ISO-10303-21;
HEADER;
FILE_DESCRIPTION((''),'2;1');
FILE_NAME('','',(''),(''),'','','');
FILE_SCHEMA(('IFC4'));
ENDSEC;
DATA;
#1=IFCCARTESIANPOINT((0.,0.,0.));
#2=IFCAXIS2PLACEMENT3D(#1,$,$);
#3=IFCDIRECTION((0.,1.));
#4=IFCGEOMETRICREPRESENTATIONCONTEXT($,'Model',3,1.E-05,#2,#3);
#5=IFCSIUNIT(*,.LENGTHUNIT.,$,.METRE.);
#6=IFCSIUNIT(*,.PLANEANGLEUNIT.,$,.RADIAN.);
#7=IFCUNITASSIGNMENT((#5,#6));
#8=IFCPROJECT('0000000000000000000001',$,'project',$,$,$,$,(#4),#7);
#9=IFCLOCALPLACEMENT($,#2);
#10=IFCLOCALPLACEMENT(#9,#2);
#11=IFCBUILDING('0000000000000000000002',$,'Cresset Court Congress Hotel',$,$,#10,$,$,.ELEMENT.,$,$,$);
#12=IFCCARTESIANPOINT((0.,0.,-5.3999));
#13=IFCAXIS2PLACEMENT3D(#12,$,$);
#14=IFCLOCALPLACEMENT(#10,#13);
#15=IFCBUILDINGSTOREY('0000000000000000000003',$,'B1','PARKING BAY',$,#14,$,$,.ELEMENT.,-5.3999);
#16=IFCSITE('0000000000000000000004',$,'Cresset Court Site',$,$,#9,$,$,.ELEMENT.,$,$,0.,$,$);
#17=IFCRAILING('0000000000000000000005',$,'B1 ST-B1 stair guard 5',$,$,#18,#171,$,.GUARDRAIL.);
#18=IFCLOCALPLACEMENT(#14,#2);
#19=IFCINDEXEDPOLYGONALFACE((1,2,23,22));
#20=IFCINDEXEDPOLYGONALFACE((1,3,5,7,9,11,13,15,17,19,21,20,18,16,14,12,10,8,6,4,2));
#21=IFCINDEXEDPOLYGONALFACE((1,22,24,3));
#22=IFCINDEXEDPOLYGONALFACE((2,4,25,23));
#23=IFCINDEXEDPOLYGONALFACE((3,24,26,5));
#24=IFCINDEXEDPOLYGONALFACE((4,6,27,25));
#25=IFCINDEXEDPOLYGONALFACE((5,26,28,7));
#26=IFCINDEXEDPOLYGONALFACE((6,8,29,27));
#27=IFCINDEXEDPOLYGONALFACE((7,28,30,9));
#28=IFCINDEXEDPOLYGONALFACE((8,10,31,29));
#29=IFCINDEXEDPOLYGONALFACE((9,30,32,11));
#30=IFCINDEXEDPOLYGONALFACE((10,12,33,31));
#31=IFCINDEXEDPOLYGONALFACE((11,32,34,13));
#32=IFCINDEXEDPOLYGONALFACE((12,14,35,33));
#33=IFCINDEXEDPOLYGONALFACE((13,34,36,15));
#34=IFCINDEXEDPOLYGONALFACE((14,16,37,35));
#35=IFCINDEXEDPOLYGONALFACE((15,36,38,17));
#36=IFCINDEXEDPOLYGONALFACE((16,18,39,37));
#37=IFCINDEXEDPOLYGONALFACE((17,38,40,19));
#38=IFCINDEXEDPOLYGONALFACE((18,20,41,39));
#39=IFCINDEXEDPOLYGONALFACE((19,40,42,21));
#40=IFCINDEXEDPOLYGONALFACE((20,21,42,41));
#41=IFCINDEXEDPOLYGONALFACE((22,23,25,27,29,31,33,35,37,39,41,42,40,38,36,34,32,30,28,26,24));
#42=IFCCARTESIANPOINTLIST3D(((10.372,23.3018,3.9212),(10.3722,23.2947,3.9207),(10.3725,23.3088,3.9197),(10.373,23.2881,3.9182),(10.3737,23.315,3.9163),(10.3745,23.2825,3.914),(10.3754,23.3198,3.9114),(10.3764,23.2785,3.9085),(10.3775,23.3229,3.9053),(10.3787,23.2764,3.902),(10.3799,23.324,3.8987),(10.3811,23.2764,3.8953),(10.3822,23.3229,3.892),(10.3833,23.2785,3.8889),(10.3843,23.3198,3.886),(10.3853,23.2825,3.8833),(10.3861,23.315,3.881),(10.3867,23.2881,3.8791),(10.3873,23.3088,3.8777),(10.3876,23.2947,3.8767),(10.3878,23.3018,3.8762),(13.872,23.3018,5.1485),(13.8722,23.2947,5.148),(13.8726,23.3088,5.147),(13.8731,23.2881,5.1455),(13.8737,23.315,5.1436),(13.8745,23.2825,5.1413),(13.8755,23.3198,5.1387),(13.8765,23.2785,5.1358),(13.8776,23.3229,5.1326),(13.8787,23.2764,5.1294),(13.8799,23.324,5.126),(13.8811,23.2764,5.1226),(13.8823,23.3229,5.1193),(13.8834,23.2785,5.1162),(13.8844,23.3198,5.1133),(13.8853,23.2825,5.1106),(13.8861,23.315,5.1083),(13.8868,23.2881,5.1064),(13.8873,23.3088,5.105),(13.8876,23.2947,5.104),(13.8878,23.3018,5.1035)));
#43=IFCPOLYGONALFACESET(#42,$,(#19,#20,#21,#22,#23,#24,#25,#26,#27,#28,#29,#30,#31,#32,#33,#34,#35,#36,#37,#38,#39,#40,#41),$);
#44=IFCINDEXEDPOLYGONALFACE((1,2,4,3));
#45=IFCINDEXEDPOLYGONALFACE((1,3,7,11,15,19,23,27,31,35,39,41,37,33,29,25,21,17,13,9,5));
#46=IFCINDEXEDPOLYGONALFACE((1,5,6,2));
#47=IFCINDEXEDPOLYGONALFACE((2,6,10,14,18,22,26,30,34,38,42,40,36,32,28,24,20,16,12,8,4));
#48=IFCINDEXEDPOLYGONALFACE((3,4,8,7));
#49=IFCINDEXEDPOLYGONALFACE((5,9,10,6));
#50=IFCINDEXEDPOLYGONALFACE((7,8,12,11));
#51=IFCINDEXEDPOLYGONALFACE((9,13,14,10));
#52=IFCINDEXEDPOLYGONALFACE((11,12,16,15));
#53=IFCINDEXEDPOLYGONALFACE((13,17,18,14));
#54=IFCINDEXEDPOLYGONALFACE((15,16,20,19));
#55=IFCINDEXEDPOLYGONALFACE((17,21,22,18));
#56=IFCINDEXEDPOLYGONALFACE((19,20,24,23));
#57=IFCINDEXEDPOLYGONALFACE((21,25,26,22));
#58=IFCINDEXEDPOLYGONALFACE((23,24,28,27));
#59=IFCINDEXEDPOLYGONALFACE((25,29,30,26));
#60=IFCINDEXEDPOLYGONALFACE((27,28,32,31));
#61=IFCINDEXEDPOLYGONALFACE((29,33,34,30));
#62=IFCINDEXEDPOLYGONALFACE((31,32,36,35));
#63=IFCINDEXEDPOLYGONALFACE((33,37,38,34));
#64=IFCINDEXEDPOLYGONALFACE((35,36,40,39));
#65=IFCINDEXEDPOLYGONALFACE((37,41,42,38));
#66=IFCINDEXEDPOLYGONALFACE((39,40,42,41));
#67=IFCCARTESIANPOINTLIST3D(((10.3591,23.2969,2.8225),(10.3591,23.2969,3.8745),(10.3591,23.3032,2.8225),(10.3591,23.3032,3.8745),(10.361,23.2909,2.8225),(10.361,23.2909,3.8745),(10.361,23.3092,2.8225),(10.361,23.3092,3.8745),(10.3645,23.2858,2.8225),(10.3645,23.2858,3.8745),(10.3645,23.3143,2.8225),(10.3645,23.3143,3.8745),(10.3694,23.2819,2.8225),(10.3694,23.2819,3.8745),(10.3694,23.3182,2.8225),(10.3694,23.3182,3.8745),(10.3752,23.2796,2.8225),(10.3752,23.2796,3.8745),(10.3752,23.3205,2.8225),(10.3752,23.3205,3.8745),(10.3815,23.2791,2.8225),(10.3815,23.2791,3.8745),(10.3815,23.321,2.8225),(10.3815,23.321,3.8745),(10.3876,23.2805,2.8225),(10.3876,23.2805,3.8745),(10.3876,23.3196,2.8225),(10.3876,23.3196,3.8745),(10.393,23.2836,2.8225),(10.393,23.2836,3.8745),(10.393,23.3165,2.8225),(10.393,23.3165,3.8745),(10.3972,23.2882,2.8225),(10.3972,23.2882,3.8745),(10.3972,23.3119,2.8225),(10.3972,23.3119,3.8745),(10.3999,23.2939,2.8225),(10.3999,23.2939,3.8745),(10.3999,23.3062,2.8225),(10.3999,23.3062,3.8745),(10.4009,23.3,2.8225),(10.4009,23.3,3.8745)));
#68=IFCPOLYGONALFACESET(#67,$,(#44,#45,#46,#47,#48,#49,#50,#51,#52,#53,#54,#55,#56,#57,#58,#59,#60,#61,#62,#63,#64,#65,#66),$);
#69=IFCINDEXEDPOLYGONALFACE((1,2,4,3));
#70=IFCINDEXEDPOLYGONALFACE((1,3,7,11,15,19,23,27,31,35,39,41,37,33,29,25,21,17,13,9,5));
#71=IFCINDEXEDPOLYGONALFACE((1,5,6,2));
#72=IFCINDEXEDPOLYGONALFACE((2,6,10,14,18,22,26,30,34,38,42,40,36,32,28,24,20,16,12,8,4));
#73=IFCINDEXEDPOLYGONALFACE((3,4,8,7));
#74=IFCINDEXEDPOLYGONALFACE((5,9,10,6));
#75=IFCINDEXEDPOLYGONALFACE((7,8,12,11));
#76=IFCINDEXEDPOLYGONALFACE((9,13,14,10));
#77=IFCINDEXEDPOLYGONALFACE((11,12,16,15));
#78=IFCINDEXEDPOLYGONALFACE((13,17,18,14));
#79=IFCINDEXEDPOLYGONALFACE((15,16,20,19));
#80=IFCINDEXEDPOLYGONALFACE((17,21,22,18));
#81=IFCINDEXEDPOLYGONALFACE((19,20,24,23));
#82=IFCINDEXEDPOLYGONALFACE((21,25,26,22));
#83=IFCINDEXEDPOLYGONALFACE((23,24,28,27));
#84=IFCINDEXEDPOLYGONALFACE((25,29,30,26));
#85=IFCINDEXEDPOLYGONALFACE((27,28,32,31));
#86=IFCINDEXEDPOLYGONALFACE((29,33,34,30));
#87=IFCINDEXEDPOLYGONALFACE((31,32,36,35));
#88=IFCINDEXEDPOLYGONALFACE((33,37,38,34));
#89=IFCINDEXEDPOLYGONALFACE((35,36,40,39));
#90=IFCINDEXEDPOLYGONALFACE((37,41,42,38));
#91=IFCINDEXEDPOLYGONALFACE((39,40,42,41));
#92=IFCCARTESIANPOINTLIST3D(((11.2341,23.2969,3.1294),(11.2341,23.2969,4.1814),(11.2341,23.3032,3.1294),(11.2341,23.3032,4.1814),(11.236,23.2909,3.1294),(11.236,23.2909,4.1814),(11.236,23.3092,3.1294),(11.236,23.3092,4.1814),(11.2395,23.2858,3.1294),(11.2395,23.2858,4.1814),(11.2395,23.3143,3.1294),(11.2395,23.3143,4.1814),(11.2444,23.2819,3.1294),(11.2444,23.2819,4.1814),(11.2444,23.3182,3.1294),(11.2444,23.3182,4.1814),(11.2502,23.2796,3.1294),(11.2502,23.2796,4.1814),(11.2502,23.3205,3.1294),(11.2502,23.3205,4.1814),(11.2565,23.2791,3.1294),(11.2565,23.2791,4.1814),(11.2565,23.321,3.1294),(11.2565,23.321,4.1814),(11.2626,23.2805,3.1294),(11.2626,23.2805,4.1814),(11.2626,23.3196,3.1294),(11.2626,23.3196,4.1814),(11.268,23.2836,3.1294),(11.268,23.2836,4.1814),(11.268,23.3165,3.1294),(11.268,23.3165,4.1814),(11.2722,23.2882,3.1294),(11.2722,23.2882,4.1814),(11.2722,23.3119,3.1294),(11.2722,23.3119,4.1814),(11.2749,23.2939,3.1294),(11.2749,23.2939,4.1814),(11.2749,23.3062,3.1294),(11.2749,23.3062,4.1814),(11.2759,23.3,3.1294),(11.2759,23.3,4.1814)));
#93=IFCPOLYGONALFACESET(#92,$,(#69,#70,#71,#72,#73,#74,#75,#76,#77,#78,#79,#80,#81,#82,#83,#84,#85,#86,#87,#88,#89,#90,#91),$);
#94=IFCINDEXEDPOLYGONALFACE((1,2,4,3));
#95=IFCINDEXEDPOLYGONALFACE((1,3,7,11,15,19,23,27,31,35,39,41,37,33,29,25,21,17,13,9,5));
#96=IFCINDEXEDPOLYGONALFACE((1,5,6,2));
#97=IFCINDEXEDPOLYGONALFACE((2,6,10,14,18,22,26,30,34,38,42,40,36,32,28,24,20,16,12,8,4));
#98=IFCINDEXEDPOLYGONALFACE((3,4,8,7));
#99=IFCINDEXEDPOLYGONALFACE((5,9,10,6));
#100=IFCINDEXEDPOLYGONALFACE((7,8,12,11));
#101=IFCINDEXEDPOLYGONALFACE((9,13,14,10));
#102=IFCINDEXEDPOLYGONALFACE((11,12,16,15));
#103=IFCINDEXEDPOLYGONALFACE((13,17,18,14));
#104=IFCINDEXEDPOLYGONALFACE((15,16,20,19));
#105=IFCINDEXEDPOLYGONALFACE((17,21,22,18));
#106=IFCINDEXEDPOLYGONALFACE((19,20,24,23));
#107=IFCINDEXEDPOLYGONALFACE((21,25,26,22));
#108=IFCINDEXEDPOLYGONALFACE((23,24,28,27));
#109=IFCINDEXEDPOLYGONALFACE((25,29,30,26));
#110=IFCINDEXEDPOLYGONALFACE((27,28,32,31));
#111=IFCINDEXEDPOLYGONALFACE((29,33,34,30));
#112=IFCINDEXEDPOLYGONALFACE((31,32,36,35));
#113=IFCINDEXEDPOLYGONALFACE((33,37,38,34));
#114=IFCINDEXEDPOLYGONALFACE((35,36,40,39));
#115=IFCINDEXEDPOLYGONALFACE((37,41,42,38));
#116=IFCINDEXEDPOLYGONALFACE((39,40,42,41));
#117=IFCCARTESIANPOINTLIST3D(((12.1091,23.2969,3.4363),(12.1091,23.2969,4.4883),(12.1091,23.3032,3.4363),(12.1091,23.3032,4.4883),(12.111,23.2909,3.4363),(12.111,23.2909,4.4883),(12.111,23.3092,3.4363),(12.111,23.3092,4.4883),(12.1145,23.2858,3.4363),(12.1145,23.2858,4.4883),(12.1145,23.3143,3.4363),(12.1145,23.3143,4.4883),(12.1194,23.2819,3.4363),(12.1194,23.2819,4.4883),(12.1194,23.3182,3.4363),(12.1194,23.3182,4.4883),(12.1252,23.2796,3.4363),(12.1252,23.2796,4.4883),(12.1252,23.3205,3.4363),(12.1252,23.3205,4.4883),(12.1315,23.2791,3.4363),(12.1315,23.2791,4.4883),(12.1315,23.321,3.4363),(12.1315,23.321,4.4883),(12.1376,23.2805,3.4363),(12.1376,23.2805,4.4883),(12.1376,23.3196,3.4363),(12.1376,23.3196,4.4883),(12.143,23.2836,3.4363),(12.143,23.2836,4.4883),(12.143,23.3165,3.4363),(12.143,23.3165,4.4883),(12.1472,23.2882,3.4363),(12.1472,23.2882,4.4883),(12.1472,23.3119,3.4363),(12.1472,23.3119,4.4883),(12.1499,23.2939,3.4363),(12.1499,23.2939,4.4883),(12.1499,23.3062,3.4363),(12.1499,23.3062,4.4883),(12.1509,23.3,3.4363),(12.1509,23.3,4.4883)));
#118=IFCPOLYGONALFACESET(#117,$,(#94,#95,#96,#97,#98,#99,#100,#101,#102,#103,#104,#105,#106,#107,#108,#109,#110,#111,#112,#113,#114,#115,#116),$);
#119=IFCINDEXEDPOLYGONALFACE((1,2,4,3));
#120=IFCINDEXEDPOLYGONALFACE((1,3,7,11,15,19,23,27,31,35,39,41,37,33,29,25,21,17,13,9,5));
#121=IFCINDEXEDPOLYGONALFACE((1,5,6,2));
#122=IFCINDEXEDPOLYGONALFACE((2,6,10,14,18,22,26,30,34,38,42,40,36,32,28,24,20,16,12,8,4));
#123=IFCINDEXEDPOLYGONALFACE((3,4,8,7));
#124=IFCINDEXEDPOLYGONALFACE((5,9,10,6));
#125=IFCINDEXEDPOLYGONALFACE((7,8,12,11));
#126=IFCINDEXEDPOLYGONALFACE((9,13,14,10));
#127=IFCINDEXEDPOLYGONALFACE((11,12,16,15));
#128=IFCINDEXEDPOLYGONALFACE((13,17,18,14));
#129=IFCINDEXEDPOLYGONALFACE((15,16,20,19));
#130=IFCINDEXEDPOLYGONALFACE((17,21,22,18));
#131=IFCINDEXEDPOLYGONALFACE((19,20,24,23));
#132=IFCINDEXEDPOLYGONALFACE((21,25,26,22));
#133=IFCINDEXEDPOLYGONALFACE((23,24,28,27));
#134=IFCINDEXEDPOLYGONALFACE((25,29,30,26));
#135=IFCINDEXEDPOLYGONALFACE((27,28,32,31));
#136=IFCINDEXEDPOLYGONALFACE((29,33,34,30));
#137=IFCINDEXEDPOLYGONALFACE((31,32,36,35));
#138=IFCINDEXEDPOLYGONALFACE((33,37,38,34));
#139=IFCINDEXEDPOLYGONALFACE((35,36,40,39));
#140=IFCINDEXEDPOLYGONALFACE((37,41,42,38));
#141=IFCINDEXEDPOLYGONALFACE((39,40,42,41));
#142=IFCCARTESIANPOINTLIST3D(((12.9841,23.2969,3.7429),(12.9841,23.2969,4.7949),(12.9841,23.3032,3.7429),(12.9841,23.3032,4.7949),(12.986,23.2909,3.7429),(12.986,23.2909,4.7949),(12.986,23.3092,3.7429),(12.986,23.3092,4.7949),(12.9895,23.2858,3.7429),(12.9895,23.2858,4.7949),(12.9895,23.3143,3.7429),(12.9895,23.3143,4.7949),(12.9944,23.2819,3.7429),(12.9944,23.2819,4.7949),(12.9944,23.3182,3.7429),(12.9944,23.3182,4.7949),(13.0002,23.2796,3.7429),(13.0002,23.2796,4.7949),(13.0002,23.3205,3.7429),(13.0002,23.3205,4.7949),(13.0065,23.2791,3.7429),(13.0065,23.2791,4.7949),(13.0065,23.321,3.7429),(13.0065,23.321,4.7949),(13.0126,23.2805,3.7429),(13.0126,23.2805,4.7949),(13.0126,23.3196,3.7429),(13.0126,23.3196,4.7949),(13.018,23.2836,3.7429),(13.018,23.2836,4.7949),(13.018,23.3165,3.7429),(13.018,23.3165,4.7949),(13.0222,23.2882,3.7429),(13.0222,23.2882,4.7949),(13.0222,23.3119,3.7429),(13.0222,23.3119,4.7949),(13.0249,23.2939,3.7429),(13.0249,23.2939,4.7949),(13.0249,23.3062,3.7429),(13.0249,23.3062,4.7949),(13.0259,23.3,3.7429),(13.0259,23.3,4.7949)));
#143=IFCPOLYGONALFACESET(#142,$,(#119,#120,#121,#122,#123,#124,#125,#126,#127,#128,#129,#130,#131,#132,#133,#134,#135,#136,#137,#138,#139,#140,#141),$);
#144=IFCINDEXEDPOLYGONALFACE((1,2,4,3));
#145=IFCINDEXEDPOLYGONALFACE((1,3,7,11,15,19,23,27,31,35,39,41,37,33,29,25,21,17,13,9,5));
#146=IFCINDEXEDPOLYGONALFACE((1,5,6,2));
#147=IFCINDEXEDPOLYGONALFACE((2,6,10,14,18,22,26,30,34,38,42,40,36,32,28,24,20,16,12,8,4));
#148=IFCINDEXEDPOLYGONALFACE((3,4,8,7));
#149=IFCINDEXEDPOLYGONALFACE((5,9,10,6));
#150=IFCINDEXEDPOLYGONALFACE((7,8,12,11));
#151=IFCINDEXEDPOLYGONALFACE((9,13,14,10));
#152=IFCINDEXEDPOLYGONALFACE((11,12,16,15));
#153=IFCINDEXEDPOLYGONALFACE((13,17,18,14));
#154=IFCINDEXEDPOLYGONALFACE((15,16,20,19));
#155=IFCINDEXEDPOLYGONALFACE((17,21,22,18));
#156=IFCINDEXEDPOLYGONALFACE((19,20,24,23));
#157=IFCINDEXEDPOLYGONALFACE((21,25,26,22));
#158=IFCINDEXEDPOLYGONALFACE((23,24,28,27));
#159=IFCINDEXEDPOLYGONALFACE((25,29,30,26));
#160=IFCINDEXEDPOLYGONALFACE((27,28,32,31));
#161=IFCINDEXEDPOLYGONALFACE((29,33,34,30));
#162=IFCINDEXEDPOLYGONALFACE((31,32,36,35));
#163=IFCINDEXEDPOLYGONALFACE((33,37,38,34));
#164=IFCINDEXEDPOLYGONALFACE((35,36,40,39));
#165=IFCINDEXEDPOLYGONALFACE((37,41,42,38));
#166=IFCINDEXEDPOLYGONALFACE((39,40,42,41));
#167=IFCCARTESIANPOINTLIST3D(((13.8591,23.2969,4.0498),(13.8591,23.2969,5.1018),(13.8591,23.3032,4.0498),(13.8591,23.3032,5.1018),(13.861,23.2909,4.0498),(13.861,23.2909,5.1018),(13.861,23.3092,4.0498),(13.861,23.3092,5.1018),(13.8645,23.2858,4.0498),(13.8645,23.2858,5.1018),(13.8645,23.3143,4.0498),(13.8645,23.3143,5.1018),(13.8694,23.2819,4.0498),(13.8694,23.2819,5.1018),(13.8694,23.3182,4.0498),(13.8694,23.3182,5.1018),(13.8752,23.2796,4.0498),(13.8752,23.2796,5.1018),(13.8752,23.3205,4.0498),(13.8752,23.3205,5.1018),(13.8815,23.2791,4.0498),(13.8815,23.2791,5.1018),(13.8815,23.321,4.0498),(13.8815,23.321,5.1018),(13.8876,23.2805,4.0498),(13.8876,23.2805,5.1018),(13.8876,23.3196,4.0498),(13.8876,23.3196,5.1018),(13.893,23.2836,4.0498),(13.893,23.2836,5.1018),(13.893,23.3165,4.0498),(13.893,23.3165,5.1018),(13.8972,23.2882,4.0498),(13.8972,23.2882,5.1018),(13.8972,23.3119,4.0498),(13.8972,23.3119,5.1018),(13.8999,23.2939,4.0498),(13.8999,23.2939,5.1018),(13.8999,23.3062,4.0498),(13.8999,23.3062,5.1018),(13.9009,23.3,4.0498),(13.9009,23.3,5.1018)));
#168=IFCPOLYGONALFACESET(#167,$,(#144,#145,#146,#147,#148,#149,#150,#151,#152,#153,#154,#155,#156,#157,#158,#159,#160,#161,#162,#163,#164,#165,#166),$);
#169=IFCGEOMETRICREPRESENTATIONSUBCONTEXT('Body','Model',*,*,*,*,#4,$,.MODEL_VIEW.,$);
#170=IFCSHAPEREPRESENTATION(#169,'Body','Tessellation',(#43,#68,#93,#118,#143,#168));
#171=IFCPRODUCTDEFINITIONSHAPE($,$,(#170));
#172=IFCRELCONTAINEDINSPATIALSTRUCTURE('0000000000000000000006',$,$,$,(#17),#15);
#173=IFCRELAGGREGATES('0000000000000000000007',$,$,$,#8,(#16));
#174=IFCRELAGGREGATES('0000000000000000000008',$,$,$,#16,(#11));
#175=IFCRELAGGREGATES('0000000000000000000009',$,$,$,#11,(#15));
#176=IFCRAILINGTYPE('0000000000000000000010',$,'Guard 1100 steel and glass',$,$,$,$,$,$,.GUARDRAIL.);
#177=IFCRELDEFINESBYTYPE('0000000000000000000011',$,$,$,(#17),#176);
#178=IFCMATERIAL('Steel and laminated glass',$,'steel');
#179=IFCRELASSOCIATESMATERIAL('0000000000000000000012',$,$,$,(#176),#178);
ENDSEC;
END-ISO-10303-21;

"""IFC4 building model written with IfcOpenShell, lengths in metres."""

from ifc_helpers import new_model, si_unit, direction, frame, origin, origin_2d, place, context, subcontext, project, spatial, circle, extrude, material, type_object, element, save


model = new_model("IFC4")

# Units and contexts
model_context = context("Model", 3, precision=1e-05, world=origin(), true_north=direction((0.0, 1.0)))
body_context = subcontext(model_context, "Body", "Model", "MODEL_VIEW")
ifc_project = project(units=[si_unit("LENGTHUNIT", "METRE"), si_unit("PLANEANGLEUNIT", "RADIAN")], contexts=[model_context])

# Site, building, storey
site_placement = place(None, origin())
site = spatial("IfcSite", under=ifc_project, at=site_placement, Name="Cresset Court Site", CompositionType="ELEMENT", RefElevation=0.0)
building_placement = place(site_placement, origin())
building = spatial("IfcBuilding", under=site, at=building_placement, Name="Cresset Court Congress Hotel", CompositionType="ELEMENT")
storey_placement = place(building_placement, frame((0.0, 0.0, -5.3999)))
storey = spatial("IfcBuildingStorey", under=building, at=storey_placement, Name="B1", Description="PARKING BAY", CompositionType="ELEMENT", Elevation=-5.3999)

# Railing
ifc_material_1 = material(Name="Steel and laminated glass", Category="steel")
railing_type_1 = type_object("IfcRailingType", Name="Guard 1100 steel and glass", PredefinedType="GUARDRAIL", material=ifc_material_1)
for number, where, name in (
    (1, (10.3799, 23.3, 2.8225), "B1 ST-B1 stair guard 5"),
):
    element("IfcRailing", number, at=place(storey_placement, frame(where)), inside=storey, type_object=railing_type_1, Name=name, PredefinedType="GUARDRAIL", context=body_context, shape_type="SweptSolid", body=[
        extrude(circle(Radius=0.0239, at=origin_2d()), frame((0.0, 0.0, 1.0762), z_axis=(0.943665, 0.0, 0.330902), x_axis=(0.0, 1.0, 0.0)), (0.0, 0.0, 1.0), 3.709),
        extrude(circle(Radius=0.021, at=origin_2d()), origin(), (0.0, 0.0, 1.0), 1.052),
        extrude(circle(Radius=0.021, at=origin_2d()), frame((0.875, 0.0, 0.3069)), (0.0, 0.0, 1.0), 1.052),
        extrude(circle(Radius=0.021, at=origin_2d()), frame((1.75, 0.0, 0.6138)), (0.0, 0.0, 1.0), 1.052),
        extrude(circle(Radius=0.021, at=origin_2d()), frame((2.625, 0.0, 0.9204)), (0.0, 0.0, 1.0), 1.052),
        extrude(circle(Radius=0.021, at=origin_2d()), frame((3.5, 0.0, 1.2273)), (0.0, 0.0, 1.0), 1.052),
    ])

save(model, "model.ifc")
